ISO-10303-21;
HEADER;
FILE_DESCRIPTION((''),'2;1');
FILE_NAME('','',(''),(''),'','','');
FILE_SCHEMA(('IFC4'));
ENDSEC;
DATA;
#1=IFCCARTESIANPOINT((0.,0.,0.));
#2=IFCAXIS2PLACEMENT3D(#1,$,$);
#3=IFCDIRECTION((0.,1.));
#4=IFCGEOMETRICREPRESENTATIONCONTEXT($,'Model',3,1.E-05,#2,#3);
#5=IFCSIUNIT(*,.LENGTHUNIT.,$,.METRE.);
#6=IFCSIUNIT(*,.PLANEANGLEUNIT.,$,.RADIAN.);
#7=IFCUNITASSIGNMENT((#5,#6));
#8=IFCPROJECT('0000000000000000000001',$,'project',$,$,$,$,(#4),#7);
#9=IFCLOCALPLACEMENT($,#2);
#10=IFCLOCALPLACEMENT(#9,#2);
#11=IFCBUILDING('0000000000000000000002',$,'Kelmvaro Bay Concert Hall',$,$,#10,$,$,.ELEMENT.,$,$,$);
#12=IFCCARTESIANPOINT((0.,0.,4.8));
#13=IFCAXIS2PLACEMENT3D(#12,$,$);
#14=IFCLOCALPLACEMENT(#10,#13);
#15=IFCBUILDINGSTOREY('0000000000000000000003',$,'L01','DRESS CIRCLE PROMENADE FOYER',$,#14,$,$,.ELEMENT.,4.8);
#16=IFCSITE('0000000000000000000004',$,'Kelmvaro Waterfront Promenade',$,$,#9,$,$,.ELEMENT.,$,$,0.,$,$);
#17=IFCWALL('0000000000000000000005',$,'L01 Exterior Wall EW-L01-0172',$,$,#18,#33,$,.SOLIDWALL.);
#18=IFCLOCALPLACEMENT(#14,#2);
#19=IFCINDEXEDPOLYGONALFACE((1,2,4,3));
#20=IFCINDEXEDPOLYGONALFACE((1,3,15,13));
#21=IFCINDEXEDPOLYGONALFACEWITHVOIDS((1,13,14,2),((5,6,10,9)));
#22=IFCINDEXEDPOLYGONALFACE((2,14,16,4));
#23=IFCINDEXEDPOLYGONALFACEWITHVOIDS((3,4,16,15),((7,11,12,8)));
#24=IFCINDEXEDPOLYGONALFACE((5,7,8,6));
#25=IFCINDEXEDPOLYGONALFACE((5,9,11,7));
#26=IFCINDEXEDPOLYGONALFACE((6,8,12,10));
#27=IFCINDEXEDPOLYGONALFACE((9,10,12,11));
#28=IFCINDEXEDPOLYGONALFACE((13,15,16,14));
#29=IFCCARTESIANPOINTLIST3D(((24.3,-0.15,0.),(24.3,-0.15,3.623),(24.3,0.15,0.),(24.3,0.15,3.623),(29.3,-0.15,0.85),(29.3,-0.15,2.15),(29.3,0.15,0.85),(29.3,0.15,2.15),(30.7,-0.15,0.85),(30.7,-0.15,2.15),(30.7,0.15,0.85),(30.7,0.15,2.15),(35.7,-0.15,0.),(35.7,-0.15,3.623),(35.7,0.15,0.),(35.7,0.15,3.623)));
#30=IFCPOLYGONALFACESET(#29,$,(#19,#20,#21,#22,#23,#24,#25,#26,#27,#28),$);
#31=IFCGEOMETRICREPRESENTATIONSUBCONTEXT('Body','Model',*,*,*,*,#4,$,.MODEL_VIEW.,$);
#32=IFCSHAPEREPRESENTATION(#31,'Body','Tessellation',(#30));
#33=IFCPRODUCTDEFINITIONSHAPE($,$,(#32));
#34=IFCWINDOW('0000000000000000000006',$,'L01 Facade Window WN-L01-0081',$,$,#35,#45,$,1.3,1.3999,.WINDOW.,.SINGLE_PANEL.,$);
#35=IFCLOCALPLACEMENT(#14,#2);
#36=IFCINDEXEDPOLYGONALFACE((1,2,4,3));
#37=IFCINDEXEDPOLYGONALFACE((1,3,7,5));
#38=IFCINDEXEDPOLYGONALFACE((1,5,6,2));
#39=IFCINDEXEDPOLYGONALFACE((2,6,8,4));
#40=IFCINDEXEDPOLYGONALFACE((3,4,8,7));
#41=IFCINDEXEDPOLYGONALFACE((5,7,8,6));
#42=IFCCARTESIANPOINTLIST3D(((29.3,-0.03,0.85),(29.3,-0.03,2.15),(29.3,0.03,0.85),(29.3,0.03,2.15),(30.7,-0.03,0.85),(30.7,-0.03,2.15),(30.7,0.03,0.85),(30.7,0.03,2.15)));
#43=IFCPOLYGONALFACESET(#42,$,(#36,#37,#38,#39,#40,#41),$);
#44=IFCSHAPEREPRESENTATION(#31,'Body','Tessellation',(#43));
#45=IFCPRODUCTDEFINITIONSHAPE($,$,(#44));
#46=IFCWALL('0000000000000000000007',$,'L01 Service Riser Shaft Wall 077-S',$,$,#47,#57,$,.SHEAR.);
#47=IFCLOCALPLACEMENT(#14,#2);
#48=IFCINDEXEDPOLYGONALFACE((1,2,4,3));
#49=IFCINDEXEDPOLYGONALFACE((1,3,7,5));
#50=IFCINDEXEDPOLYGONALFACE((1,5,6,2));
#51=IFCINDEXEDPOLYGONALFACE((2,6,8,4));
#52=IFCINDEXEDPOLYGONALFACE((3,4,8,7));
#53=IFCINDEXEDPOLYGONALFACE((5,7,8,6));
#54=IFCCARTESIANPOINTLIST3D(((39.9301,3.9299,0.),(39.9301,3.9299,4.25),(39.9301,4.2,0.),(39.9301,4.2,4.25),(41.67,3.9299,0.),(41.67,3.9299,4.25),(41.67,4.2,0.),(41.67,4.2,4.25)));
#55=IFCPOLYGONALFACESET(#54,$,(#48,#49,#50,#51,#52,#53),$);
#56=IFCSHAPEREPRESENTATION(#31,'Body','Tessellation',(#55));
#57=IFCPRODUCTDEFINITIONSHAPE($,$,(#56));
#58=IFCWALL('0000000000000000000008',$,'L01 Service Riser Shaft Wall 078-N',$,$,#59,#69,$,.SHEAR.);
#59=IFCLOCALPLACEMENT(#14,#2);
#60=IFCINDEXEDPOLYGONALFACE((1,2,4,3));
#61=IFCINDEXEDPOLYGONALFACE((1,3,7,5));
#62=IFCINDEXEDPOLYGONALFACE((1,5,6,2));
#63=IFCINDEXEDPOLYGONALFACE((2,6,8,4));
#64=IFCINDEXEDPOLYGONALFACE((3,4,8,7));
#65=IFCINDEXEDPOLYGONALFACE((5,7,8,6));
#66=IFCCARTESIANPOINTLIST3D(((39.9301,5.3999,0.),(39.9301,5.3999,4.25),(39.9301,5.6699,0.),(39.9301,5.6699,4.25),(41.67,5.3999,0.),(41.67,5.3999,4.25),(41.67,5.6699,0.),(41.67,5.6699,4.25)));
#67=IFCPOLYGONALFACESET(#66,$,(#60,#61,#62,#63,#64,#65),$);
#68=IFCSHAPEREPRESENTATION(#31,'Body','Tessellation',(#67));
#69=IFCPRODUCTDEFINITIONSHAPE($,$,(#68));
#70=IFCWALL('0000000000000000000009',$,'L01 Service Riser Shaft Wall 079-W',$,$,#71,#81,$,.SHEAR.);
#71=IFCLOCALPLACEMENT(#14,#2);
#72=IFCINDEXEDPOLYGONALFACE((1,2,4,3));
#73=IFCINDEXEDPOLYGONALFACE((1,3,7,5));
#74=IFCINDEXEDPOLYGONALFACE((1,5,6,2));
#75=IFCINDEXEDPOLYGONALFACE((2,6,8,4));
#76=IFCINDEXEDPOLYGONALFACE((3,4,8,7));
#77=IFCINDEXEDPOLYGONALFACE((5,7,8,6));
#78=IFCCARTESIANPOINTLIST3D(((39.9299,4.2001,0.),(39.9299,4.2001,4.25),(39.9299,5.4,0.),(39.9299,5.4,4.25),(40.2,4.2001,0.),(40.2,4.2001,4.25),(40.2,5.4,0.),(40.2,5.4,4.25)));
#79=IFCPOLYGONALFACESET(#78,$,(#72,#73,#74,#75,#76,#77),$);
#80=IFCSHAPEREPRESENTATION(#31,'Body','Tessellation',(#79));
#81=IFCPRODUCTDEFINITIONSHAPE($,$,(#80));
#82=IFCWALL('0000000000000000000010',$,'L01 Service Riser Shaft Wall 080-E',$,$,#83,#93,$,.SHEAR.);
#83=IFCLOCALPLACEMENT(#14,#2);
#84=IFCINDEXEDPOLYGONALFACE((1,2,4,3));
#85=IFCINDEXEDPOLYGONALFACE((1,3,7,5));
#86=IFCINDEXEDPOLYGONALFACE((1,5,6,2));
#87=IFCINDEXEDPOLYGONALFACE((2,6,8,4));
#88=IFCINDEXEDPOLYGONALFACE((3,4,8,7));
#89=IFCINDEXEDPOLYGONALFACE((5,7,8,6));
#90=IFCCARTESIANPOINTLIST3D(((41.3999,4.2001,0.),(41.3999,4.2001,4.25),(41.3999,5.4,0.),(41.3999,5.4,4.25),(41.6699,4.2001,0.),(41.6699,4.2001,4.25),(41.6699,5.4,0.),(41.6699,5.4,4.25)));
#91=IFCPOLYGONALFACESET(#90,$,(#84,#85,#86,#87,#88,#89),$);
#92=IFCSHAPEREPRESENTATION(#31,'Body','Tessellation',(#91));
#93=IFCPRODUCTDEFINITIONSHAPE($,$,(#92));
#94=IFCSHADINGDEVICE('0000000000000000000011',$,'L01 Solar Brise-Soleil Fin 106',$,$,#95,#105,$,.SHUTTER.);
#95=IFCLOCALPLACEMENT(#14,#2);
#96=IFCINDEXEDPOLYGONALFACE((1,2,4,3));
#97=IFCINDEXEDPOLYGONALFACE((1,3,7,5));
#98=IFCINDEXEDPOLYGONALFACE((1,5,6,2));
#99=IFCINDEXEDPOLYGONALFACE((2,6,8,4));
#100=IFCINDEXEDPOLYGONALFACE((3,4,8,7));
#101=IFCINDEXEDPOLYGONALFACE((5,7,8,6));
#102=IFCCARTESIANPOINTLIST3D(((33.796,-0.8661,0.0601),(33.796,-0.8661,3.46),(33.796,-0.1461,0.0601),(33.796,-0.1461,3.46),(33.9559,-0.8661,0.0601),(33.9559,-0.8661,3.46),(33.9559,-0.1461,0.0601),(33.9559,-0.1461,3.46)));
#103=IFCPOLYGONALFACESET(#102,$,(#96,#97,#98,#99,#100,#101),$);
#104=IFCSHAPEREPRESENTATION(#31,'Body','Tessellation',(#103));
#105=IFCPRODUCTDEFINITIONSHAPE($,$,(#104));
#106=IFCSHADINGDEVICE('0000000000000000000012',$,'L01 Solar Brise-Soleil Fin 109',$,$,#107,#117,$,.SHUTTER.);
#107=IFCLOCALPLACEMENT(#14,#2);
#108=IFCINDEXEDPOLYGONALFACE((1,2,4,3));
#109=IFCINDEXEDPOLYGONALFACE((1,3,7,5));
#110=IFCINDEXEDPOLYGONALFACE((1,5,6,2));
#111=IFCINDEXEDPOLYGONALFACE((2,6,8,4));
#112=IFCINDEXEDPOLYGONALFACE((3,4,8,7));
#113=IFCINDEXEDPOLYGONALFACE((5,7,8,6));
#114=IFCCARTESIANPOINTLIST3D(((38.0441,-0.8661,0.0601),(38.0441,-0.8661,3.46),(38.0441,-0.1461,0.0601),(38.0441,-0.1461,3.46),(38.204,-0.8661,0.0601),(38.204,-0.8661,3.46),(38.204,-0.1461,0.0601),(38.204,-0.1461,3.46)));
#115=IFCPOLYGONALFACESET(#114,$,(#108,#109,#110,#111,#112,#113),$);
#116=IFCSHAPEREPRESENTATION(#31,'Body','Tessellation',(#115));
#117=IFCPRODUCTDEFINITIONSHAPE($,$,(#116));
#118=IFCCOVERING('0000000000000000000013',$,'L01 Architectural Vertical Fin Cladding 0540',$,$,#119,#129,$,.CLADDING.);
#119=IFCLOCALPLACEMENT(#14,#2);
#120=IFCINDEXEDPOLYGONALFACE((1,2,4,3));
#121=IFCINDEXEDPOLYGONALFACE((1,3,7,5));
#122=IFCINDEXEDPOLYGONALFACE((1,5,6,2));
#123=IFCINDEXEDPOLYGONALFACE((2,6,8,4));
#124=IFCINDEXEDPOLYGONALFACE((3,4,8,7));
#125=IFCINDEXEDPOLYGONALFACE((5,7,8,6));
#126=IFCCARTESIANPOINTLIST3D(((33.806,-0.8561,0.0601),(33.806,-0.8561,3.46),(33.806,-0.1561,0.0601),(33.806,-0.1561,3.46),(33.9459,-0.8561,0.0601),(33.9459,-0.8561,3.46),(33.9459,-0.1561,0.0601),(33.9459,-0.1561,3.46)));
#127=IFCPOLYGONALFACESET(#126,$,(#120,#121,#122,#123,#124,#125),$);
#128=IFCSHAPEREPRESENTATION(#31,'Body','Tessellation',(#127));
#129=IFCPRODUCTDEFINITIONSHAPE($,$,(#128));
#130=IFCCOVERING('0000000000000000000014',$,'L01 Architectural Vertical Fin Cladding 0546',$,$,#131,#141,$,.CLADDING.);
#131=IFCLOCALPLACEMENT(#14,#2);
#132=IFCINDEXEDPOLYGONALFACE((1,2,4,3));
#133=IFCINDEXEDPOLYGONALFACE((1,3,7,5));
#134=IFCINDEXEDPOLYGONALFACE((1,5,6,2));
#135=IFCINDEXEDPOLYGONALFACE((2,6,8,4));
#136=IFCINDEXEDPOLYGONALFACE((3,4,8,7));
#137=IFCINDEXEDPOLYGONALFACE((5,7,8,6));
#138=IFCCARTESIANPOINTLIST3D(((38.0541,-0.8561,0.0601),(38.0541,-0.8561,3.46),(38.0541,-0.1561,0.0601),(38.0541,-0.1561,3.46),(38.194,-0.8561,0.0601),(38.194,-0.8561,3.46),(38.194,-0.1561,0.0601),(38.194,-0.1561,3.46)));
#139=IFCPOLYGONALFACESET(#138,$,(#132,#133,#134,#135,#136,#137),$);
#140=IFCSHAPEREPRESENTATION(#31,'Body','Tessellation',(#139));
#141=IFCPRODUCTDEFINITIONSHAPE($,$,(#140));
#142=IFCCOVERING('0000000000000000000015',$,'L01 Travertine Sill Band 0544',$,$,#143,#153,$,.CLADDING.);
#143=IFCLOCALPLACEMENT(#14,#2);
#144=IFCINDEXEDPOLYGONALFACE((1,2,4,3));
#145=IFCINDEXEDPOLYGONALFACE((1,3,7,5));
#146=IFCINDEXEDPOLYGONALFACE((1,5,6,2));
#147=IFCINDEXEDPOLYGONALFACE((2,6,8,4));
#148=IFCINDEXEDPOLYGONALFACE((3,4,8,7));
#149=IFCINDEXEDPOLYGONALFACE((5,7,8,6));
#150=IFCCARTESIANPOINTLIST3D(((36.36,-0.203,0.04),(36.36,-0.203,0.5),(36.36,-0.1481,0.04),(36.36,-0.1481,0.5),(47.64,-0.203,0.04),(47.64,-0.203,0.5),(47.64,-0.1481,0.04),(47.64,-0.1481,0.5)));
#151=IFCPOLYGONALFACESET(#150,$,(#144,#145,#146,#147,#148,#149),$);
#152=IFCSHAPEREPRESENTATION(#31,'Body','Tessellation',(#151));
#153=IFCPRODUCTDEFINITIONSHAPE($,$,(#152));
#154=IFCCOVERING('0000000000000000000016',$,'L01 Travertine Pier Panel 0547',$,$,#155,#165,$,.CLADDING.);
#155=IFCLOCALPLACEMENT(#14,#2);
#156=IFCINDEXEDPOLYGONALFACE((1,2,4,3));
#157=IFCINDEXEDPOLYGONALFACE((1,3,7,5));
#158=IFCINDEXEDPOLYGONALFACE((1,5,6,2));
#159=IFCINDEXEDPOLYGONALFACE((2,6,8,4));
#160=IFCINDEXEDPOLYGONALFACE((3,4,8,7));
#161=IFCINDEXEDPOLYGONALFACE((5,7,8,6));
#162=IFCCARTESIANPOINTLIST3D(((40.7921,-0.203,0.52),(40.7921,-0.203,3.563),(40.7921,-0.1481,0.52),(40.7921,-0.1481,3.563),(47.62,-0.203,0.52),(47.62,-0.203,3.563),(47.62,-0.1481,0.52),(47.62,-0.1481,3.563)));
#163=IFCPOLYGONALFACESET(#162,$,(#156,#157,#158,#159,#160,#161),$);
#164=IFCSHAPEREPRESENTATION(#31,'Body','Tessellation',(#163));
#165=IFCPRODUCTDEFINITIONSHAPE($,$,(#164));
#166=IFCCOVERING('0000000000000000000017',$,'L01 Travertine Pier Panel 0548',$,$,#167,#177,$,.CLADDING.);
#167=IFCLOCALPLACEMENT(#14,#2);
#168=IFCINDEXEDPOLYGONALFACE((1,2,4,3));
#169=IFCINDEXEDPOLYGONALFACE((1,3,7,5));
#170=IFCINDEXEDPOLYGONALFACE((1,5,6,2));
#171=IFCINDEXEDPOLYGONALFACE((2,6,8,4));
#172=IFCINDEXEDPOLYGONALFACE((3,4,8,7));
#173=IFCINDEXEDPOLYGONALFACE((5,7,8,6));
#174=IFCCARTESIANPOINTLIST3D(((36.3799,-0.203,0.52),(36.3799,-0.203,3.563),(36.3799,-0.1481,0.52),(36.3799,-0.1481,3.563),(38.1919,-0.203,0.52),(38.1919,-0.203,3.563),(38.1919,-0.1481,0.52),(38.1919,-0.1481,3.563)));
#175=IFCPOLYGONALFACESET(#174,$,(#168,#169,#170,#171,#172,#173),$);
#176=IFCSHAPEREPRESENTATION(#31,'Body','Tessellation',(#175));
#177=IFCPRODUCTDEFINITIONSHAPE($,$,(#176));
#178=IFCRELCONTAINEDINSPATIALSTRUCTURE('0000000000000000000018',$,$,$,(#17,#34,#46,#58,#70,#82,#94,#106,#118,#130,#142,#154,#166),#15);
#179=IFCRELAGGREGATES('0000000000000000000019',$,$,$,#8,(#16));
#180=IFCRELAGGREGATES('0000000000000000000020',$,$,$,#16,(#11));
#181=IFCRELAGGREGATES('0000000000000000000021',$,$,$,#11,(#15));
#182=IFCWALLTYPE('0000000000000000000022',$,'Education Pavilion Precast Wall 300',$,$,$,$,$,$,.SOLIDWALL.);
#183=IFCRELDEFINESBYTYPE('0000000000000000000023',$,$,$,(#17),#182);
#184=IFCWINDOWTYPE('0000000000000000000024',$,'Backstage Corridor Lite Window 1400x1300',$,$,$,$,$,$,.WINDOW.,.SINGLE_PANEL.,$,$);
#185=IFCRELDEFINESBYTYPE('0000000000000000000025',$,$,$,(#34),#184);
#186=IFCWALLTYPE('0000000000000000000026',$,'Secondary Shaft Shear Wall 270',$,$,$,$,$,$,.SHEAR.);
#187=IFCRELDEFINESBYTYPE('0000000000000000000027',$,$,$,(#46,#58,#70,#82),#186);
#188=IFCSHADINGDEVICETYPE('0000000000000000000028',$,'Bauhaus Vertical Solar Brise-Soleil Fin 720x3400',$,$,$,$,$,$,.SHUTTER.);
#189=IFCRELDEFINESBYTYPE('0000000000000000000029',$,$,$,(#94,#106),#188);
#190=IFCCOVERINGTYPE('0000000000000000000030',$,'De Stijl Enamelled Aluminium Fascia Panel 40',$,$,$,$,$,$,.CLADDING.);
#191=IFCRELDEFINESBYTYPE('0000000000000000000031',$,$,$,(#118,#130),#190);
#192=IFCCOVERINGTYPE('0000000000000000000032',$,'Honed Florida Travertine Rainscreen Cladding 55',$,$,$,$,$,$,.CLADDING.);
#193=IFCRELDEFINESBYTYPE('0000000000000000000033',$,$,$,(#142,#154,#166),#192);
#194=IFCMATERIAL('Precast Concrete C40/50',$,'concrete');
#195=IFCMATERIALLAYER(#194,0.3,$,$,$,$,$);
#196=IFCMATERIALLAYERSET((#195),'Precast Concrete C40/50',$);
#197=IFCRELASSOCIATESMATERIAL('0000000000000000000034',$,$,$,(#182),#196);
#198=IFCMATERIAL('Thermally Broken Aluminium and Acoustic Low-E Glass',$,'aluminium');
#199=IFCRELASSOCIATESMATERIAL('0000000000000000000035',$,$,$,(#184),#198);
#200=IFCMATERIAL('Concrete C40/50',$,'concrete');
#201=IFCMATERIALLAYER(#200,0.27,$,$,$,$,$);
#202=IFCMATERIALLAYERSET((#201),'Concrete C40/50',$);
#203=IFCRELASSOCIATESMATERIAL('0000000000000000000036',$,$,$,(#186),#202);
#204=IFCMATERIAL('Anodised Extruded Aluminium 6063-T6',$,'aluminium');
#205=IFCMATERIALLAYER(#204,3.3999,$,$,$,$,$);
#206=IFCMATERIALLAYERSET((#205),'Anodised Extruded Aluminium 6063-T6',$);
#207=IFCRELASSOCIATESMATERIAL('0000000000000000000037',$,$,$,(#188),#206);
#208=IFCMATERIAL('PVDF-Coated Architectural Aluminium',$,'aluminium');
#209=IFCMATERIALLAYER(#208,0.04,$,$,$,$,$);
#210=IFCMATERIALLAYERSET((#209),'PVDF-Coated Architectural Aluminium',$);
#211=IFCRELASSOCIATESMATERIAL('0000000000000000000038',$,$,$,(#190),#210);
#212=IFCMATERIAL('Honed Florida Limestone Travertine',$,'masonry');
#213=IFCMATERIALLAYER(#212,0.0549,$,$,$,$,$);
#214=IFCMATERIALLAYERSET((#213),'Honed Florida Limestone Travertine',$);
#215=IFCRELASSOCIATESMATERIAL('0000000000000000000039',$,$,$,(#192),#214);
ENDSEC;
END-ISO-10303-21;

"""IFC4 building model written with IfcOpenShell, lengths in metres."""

from ifc_helpers import new_model, si_unit, direction, frame, frame_2d, origin, origin_2d, place, context, subcontext, project, spatial, rectangle, extrude, material, layer, layer_set, type_object, element, fill, save


model = new_model("IFC4")

# Units and contexts
model_context = context("Model", 3, precision=1e-05, world=origin(), true_north=direction((0.0, 1.0)))
body_context = subcontext(model_context, "Body", "Model", "MODEL_VIEW")
ifc_project = project(units=[si_unit("LENGTHUNIT", "METRE"), si_unit("PLANEANGLEUNIT", "RADIAN")], contexts=[model_context])

# Site, building, storey
site_placement = place(None, origin())
site = spatial("IfcSite", under=ifc_project, at=site_placement, Name="Kelmvaro Waterfront Promenade", CompositionType="ELEMENT", RefElevation=0.0)
building_placement = place(site_placement, origin())
building = spatial("IfcBuilding", under=site, at=building_placement, Name="Kelmvaro Bay Concert Hall", CompositionType="ELEMENT")
storey_placement = place(building_placement, frame((0.0, 0.0, 4.8)))
storey = spatial("IfcBuildingStorey", under=building, at=storey_placement, Name="L01", Description="DRESS CIRCLE PROMENADE FOYER", CompositionType="ELEMENT", Elevation=4.8)

# Wall, opening, window
ifc_material_1 = material(Name="Precast Concrete C40/50", Category="concrete")
ifc_layer_1 = layer(ifc_material_1, 0.3)
ifc_layer_set_1 = layer_set([ifc_layer_1], Name="Precast Concrete C40/50")
wall_type_1 = type_object("IfcWallType", Name="Education Pavilion Precast Wall 300", PredefinedType="SOLIDWALL", material=ifc_layer_set_1)
wall_placement = place(storey_placement, frame((35.7, 0.0, 0.0), z_axis=(0.0, 0.0, 1.0), x_axis=(-1.0, 0.0, 0.0)))
wall = element("IfcWall", 1, at=wall_placement, inside=storey, type_object=wall_type_1, Name="L01 Exterior Wall EW-L01-0172", PredefinedType="SOLIDWALL", context=body_context, shape_type="SweptSolid", body=[
    extrude(rectangle(XDim=11.3999, YDim=0.3, at=frame_2d((5.7, 0.0))), origin(), (0.0, 0.0, 1.0), 3.623),
])
opening_placement = place(wall_placement, frame((5.0, 0.0, 0.8501)))
opening = element("IfcOpeningElement", 2, at=opening_placement, cuts=wall, PredefinedType="OPENING", context=body_context, shape_type="SweptSolid", body=[
    extrude(rectangle(XDim=1.3999, YDim=1.3, at=frame_2d((0.7, 0.6499))), frame((0.0, 0.1599, 0.0), z_axis=(0.0, -1.0, 0.0), x_axis=(1.0, 0.0, 0.0)), (0.0, 0.0, 1.0), 0.3201),
])
ifc_material_2 = material(Name="Thermally Broken Aluminium and Acoustic Low-E Glass", Category="aluminium")
window_type = type_object("IfcWindowType", Name="Backstage Corridor Lite Window 1400x1300", PartitioningType="SINGLE_PANEL", PredefinedType="WINDOW", material=ifc_material_2)
window_placement = place(opening_placement, origin())
window = element("IfcWindow", 3, at=window_placement, inside=storey, type_object=window_type, Name="L01 Facade Window WN-L01-0081", OverallHeight=1.3, OverallWidth=1.3999, PartitioningType="SINGLE_PANEL", PredefinedType="WINDOW", context=body_context, shape_type="SweptSolid", body=[
    extrude(rectangle(XDim=1.3999, YDim=1.3, at=frame_2d((0.7, 0.6499))), frame((0.0, 0.03, 0.0), z_axis=(0.0, -1.0, 0.0), x_axis=(1.0, 0.0, 0.0)), (0.0, 0.0, 1.0), 0.0601),
])
fill(opening, window)

# Walls
ifc_material_3 = material(Name="Concrete C40/50", Category="concrete")
ifc_layer_2 = layer(ifc_material_3, 0.27)
ifc_layer_set_2 = layer_set([ifc_layer_2], Name="Concrete C40/50")
wall_type_2 = type_object("IfcWallType", Name="Secondary Shaft Shear Wall 270", PredefinedType="SHEAR", material=ifc_layer_set_2)
for number, where, z_axis, x_axis, name in (
    (4, (39.9299, 4.0649, 0.0), (0.0, 0.0, 1.0), (1.0, 0.0, 0.0), "L01 Service Riser Shaft Wall 077-S"),
    (5, (39.9299, 5.5349, 0.0), (0.0, 0.0, 1.0), (1.0, 0.0, 0.0), "L01 Service Riser Shaft Wall 078-N"),
):
    element("IfcWall", number, at=place(storey_placement, frame(where, z_axis=z_axis, x_axis=x_axis)), inside=storey, type_object=wall_type_2, Name=name, PredefinedType="SHEAR", context=body_context, shape_type="SweptSolid", body=[
        extrude(rectangle(XDim=1.74, YDim=0.27, at=frame_2d((0.8701, 0.0))), origin(), (0.0, 0.0, 1.0), 4.25),
    ])
for number, where, z_axis, x_axis, name in (
    (6, (40.0649, 4.2, 0.0), (0.0, 0.0, 1.0), (0.0, 1.0, 0.0), "L01 Service Riser Shaft Wall 079-W"),
    (7, (41.5349, 4.2, 0.0), (0.0, 0.0, 1.0), (0.0, 1.0, 0.0), "L01 Service Riser Shaft Wall 080-E"),
):
    element("IfcWall", number, at=place(storey_placement, frame(where, z_axis=z_axis, x_axis=x_axis)), inside=storey, type_object=wall_type_2, Name=name, PredefinedType="SHEAR", context=body_context, shape_type="SweptSolid", body=[
        extrude(rectangle(XDim=1.2, YDim=0.27, at=frame_2d((0.6001, 0.0))), origin(), (0.0, 0.0, 1.0), 4.25),
    ])

# Shading devices
ifc_material_4 = material(Name="Anodised Extruded Aluminium 6063-T6", Category="aluminium")
ifc_layer_3 = layer(ifc_material_4, 3.3999)
ifc_layer_set_3 = layer_set([ifc_layer_3], Name="Anodised Extruded Aluminium 6063-T6")
shading_device_type = type_object("IfcShadingDeviceType", Name="Bauhaus Vertical Solar Brise-Soleil Fin 720x3400", PredefinedType="SHUTTER", material=ifc_layer_set_3)
for number, where, z_axis, x_axis, name in (
    (8, (33.876, -0.5061, 0.0601), (0.0, 0.0, 1.0), (-1.0, 0.0, 0.0), "L01 Solar Brise-Soleil Fin 106"),
    (9, (38.124, -0.5061, 0.0601), (0.0, 0.0, 1.0), (-1.0, 0.0, 0.0), "L01 Solar Brise-Soleil Fin 109"),
):
    element("IfcShadingDevice", number, at=place(storey_placement, frame(where, z_axis=z_axis, x_axis=x_axis)), inside=storey, type_object=shading_device_type, Name=name, PredefinedType="SHUTTER", context=body_context, shape_type="SweptSolid", body=[
        extrude(rectangle(XDim=0.1599, YDim=0.72, at=origin_2d()), origin(), (0.0, 0.0, 1.0), 3.3999),
    ])

# Coverings
ifc_material_5 = material(Name="PVDF-Coated Architectural Aluminium", Category="aluminium")
ifc_layer_4 = layer(ifc_material_5, 0.04)
ifc_layer_set_4 = layer_set([ifc_layer_4], Name="PVDF-Coated Architectural Aluminium")
covering_type_1 = type_object("IfcCoveringType", Name="De Stijl Enamelled Aluminium Fascia Panel 40", PredefinedType="CLADDING", material=ifc_layer_set_4)
for number, where, z_axis, x_axis, name in (
    (10, (33.876, -0.5061, 0.0601), (0.0, 0.0, 1.0), (-1.0, 0.0, 0.0), "L01 Architectural Vertical Fin Cladding 0540"),
    (11, (38.124, -0.5061, 0.0601), (0.0, 0.0, 1.0), (-1.0, 0.0, 0.0), "L01 Architectural Vertical Fin Cladding 0546"),
):
    element("IfcCovering", number, at=place(storey_placement, frame(where, z_axis=z_axis, x_axis=x_axis)), inside=storey, type_object=covering_type_1, Name=name, PredefinedType="CLADDING", context=body_context, shape_type="SweptSolid", body=[
        extrude(rectangle(XDim=0.1399, YDim=0.7, at=origin_2d()), origin(), (0.0, 0.0, 1.0), 3.3999),
    ])
ifc_material_6 = material(Name="Honed Florida Limestone Travertine", Category="masonry")
ifc_layer_5 = layer(ifc_material_6, 0.0549)
ifc_layer_set_5 = layer_set([ifc_layer_5], Name="Honed Florida Limestone Travertine")
covering_type_2 = type_object("IfcCoveringType", Name="Honed Florida Travertine Rainscreen Cladding 55", PredefinedType="CLADDING", material=ifc_layer_set_5)
covering_1_placement = place(storey_placement, frame((42.0, -0.1755, 0.04), z_axis=(0.0, 0.0, 1.0), x_axis=(-1.0, 0.0, 0.0)))
element("IfcCovering", 12, at=covering_1_placement, inside=storey, type_object=covering_type_2, Name="L01 Travertine Sill Band 0544", PredefinedType="CLADDING", context=body_context, shape_type="SweptSolid", body=[
    extrude(rectangle(XDim=11.28, YDim=0.0549, at=origin_2d()), origin(), (0.0, 0.0, 1.0), 0.46),
])
covering_2_placement = place(storey_placement, frame((44.2061, -0.1755, 0.52), z_axis=(0.0, 0.0, 1.0), x_axis=(-1.0, 0.0, 0.0)))
element("IfcCovering", 13, at=covering_2_placement, inside=storey, type_object=covering_type_2, Name="L01 Travertine Pier Panel 0547", PredefinedType="CLADDING", context=body_context, shape_type="SweptSolid", body=[
    extrude(rectangle(XDim=6.8279, YDim=0.0549, at=origin_2d()), origin(), (0.0, 0.0, 1.0), 3.043),
])
covering_3_placement = place(storey_placement, frame((37.2859, -0.1755, 0.52), z_axis=(0.0, 0.0, 1.0), x_axis=(-1.0, 0.0, 0.0)))
element("IfcCovering", 14, at=covering_3_placement, inside=storey, type_object=covering_type_2, Name="L01 Travertine Pier Panel 0548", PredefinedType="CLADDING", context=body_context, shape_type="SweptSolid", body=[
    extrude(rectangle(XDim=1.812, YDim=0.0549, at=origin_2d()), origin(), (0.0, 0.0, 1.0), 3.043),
])

save(model, "model.ifc")
